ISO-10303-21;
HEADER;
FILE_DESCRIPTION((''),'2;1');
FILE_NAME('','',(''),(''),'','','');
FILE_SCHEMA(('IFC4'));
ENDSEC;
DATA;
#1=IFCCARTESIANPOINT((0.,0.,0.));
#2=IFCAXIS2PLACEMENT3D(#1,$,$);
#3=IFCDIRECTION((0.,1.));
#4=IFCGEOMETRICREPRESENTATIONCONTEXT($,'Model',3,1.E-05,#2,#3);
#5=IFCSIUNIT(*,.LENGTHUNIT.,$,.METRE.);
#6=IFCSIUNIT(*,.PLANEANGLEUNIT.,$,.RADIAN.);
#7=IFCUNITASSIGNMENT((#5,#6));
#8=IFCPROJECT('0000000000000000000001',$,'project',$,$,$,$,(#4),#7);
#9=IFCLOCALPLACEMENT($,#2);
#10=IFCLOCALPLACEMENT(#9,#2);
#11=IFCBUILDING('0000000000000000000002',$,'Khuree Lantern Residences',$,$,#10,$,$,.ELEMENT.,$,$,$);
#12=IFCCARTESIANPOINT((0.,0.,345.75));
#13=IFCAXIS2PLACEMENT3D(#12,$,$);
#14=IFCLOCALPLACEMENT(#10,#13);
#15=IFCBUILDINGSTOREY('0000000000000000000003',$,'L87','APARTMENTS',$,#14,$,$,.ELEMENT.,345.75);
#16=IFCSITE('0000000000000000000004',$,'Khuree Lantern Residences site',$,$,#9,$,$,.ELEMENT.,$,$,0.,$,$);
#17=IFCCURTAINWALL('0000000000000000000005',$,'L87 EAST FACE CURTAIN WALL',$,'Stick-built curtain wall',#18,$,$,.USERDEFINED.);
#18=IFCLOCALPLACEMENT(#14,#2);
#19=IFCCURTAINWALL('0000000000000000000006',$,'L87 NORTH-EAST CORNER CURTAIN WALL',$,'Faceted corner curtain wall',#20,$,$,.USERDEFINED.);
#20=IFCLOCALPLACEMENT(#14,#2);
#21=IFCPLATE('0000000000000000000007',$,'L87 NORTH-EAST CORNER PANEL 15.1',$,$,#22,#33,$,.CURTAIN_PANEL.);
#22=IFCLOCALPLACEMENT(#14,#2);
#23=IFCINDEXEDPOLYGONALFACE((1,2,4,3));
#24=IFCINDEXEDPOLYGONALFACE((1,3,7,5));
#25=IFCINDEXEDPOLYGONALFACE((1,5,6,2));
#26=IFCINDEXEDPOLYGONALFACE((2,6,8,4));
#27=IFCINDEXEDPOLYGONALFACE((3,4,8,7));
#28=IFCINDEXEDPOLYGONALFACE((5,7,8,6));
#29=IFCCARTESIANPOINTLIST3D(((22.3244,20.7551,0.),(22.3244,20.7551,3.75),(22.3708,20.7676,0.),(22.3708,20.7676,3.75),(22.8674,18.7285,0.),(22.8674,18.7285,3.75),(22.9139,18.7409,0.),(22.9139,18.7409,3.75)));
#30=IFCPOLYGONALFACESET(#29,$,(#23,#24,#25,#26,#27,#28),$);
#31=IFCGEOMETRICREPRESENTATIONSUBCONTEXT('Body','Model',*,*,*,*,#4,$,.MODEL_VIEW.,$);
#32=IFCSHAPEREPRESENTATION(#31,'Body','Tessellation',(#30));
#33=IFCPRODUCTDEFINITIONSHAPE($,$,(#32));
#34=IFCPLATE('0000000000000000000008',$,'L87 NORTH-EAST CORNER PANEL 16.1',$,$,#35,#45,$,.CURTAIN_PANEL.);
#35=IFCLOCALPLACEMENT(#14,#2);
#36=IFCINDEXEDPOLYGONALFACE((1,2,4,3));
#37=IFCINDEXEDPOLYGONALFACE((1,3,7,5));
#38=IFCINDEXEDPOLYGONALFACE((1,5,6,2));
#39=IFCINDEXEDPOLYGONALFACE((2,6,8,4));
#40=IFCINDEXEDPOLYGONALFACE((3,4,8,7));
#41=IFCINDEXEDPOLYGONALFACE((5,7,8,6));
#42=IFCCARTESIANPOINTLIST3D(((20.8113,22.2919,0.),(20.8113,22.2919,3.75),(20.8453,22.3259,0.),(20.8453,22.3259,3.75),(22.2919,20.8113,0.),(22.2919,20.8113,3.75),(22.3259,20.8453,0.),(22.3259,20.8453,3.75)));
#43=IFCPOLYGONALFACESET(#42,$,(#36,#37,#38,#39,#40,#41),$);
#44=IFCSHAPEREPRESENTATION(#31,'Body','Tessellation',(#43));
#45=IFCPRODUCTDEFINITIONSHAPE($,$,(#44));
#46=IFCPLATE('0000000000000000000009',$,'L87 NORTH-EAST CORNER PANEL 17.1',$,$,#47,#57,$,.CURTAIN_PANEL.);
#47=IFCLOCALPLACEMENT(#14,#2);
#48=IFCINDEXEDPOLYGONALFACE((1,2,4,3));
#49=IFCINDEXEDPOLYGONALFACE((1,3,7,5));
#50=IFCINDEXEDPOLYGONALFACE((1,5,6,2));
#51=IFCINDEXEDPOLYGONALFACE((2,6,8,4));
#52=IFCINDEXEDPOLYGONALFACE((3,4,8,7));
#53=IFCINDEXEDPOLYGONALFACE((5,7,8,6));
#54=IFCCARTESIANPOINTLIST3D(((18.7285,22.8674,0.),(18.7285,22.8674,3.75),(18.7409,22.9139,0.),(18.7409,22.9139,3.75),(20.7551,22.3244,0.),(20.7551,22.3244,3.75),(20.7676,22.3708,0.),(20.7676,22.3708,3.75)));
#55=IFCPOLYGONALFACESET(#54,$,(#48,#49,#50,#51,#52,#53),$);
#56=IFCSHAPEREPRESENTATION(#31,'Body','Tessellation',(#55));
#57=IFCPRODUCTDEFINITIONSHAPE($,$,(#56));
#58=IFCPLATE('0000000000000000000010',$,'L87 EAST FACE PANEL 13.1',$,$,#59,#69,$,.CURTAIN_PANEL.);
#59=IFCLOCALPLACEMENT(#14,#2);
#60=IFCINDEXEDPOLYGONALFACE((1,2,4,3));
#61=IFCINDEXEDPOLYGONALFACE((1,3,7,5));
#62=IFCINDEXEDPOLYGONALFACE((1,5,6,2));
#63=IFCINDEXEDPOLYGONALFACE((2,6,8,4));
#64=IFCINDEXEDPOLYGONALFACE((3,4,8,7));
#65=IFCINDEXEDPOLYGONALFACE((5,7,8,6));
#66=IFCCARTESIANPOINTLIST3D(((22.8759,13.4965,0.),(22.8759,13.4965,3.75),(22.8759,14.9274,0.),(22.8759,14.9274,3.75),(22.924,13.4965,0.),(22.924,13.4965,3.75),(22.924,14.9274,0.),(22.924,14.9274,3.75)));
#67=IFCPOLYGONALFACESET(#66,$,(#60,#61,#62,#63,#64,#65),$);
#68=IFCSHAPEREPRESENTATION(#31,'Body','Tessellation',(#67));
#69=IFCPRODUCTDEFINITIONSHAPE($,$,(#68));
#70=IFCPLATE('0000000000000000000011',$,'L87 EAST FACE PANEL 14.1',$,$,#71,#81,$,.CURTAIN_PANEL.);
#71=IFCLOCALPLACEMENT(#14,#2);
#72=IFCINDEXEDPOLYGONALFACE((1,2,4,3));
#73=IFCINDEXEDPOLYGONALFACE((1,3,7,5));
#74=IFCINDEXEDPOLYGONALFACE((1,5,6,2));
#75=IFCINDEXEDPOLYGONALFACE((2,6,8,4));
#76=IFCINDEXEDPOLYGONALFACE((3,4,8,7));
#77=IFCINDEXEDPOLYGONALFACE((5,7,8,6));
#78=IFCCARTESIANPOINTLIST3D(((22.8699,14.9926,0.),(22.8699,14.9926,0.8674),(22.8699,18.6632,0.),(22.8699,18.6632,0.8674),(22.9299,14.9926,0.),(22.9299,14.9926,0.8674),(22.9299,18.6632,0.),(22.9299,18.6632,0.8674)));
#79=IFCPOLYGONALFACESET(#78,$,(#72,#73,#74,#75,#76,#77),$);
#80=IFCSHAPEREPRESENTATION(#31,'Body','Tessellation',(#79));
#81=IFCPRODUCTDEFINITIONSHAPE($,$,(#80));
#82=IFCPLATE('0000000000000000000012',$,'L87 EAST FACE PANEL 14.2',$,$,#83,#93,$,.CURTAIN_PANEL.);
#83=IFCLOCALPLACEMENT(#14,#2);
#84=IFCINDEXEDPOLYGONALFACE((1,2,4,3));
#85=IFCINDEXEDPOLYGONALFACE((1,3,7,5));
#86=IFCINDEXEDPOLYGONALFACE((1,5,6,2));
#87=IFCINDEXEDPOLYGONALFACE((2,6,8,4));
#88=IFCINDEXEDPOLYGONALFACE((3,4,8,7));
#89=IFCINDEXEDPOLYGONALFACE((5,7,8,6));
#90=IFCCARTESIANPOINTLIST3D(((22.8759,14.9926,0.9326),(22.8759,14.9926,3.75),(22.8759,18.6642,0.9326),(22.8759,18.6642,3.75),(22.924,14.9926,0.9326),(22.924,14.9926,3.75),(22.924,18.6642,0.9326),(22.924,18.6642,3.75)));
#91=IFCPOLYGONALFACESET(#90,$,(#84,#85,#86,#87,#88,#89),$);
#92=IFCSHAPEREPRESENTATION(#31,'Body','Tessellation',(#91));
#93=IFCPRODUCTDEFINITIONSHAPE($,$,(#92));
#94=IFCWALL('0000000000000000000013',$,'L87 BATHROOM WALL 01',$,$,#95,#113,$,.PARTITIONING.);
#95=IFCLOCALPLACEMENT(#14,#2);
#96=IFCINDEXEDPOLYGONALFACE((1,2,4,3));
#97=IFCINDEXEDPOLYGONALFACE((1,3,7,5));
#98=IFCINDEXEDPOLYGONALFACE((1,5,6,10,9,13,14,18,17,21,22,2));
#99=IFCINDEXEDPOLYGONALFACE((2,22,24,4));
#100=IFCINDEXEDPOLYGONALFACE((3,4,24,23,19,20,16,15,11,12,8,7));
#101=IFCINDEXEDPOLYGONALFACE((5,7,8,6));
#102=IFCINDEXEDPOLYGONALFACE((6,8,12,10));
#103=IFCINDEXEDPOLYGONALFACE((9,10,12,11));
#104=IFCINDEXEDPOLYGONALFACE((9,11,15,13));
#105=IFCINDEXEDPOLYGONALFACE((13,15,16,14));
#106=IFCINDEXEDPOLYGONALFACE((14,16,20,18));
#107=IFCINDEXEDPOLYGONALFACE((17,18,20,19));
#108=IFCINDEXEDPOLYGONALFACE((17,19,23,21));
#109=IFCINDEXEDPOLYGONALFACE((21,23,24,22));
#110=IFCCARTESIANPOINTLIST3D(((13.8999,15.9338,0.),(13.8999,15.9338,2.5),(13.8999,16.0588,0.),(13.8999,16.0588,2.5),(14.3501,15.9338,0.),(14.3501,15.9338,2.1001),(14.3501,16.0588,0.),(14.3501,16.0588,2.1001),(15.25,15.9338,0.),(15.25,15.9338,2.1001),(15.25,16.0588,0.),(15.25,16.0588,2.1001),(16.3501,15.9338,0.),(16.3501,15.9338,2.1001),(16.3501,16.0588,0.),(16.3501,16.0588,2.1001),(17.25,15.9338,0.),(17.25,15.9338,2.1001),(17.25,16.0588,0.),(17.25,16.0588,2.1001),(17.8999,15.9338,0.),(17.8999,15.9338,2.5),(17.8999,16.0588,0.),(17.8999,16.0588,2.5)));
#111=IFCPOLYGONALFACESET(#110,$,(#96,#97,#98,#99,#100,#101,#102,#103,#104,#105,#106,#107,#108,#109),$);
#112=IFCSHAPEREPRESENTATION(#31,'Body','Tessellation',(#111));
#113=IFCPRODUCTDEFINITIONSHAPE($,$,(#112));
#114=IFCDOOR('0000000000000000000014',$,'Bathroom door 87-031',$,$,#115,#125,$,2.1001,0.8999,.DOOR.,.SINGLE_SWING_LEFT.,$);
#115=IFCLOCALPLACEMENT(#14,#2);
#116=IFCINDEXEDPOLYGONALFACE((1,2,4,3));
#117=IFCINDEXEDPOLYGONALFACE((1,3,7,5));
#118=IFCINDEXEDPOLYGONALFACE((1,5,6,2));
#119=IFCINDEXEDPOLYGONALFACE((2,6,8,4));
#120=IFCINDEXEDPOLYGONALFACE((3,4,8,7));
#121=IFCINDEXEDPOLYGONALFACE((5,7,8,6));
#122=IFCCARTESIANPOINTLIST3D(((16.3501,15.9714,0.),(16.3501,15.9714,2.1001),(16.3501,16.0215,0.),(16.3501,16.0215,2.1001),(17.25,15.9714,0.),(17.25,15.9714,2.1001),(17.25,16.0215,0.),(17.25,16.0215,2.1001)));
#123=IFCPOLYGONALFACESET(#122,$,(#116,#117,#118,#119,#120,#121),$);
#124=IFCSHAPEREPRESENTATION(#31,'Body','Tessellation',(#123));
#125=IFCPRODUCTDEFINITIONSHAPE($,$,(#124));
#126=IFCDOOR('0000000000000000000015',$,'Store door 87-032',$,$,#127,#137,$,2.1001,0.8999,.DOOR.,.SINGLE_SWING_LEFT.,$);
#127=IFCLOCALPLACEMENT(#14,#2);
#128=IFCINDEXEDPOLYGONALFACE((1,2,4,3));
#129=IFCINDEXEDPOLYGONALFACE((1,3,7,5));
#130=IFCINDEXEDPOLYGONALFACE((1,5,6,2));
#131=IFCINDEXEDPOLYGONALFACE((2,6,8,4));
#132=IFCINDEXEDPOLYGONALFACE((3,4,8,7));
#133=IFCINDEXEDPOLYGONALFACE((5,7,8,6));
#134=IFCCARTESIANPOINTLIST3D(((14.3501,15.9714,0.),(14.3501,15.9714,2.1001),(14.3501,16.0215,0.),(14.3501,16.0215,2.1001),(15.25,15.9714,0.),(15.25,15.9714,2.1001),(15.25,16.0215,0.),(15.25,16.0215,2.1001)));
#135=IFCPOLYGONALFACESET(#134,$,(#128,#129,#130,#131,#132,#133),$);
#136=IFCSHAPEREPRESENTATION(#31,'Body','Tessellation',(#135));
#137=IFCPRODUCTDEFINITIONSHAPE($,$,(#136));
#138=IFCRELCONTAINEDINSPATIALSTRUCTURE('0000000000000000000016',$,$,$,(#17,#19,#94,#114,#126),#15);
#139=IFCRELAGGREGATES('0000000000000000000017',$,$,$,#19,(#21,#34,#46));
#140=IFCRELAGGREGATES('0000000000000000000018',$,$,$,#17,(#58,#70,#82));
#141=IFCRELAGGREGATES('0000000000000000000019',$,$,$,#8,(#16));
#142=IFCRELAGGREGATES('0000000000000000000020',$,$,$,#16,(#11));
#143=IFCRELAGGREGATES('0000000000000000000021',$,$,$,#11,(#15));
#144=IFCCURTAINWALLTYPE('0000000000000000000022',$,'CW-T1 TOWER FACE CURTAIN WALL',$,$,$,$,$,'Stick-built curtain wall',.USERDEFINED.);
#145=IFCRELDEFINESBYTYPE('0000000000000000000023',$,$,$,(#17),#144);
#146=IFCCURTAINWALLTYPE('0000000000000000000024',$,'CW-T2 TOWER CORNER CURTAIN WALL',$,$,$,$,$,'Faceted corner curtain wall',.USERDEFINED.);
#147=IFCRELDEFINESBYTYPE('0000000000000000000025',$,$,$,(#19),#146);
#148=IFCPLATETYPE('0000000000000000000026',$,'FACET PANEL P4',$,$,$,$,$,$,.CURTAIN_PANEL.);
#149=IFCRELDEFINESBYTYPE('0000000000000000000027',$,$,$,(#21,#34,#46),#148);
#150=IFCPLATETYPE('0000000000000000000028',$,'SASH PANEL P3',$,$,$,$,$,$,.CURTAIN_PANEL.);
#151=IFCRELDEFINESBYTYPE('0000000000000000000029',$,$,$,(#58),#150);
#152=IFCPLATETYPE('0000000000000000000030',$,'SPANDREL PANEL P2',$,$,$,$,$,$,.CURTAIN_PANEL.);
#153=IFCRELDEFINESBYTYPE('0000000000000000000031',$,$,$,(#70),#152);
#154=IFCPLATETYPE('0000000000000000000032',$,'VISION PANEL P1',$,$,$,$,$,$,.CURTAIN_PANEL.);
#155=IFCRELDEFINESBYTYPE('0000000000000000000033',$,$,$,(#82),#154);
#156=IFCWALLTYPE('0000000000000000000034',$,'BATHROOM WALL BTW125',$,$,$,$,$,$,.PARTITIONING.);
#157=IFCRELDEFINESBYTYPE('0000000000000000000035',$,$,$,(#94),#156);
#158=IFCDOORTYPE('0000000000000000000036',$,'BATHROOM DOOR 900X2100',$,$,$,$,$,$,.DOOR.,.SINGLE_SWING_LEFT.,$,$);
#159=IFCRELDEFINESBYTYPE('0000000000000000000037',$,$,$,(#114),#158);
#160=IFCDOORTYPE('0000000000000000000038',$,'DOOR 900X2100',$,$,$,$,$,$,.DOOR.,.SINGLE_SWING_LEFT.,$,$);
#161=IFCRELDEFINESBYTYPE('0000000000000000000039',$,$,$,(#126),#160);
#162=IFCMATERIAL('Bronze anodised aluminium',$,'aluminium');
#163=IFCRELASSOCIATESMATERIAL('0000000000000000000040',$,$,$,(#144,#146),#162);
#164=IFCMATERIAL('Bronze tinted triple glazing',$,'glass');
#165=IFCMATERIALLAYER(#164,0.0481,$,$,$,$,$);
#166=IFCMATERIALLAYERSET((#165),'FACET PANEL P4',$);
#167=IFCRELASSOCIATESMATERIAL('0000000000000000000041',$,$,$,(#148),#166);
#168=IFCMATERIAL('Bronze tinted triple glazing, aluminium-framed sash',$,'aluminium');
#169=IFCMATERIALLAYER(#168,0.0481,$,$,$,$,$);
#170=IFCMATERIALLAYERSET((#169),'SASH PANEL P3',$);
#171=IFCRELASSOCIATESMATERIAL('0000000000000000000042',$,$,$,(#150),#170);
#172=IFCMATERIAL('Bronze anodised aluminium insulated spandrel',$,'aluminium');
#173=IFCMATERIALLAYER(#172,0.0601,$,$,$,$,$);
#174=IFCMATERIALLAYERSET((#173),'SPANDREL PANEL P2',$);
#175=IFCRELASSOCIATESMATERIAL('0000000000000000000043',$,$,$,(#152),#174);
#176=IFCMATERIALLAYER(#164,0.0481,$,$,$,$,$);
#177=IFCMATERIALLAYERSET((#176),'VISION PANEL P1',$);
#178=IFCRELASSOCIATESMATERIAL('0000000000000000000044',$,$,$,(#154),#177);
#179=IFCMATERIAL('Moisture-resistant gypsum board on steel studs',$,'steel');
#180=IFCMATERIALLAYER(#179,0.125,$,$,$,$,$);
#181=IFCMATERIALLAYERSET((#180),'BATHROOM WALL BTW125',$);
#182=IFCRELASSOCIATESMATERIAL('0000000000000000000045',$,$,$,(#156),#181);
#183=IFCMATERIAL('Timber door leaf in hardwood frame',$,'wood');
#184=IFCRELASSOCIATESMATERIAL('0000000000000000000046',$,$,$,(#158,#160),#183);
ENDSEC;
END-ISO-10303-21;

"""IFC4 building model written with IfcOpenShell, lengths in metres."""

from ifc_helpers import new_model, si_unit, direction, frame, frame_2d, origin, origin_2d, place, context, subcontext, project, spatial, rectangle, extrude, material, layer, layer_set, type_object, element, fill, aggregate, save


model = new_model("IFC4")

# Units and contexts
model_context = context("Model", 3, precision=1e-05, world=origin(), true_north=direction((0.0, 1.0)))
body_context = subcontext(model_context, "Body", "Model", "MODEL_VIEW")
ifc_project = project(units=[si_unit("LENGTHUNIT", "METRE"), si_unit("PLANEANGLEUNIT", "RADIAN")], contexts=[model_context])

# Site, building, storey
site_placement = place(None, origin())
site = spatial("IfcSite", under=ifc_project, at=site_placement, Name="Khuree Lantern Residences site", CompositionType="ELEMENT", RefElevation=0.0)
building_placement = place(site_placement, origin())
building = spatial("IfcBuilding", under=site, at=building_placement, Name="Khuree Lantern Residences", CompositionType="ELEMENT")
storey_placement = place(building_placement, frame((0.0, 0.0, 345.75)))
storey = spatial("IfcBuildingStorey", under=building, at=storey_placement, Name="L87", Description="APARTMENTS", CompositionType="ELEMENT", Elevation=345.75)

# Curtain walls
ifc_material_1 = material(Name="Bronze anodised aluminium", Category="aluminium")
curtain_wall_type_1 = type_object("IfcCurtainWallType", Name="CW-T1 TOWER FACE CURTAIN WALL", ElementType="Stick-built curtain wall", PredefinedType="USERDEFINED", material=ifc_material_1)
curtain_wall_1_placement = place(storey_placement, origin())
curtain_wall_1 = element("IfcCurtainWall", 1, at=curtain_wall_1_placement, inside=storey, type_object=curtain_wall_type_1, Name="L87 EAST FACE CURTAIN WALL", ObjectType="Stick-built curtain wall", PredefinedType="USERDEFINED")
curtain_wall_type_2 = type_object("IfcCurtainWallType", Name="CW-T2 TOWER CORNER CURTAIN WALL", ElementType="Faceted corner curtain wall", PredefinedType="USERDEFINED", material=ifc_material_1)
curtain_wall_2_placement = place(storey_placement, origin())
curtain_wall_2 = element("IfcCurtainWall", 2, at=curtain_wall_2_placement, inside=storey, type_object=curtain_wall_type_2, Name="L87 NORTH-EAST CORNER CURTAIN WALL", ObjectType="Faceted corner curtain wall", PredefinedType="USERDEFINED")

# Plates
ifc_material_2 = material(Name="Bronze tinted triple glazing", Category="glass")
ifc_layer_1 = layer(ifc_material_2, 0.0481)
ifc_layer_set_1 = layer_set([ifc_layer_1], Name="FACET PANEL P4")
plate_type_1 = type_object("IfcPlateType", Name="FACET PANEL P4", PredefinedType="CURTAIN_PANEL", material=ifc_layer_set_1)
plate_1_placement = place(storey_placement, frame((22.6191, 19.748, 0.0), z_axis=(0.0, 0.0, 1.0), x_axis=(-0.258819, 0.965926, 0.0)))
plate_1 = element("IfcPlate", 3, at=plate_1_placement, type_object=plate_type_1, Name="L87 NORTH-EAST CORNER PANEL 15.1", PredefinedType="CURTAIN_PANEL", context=body_context, shape_type="SweptSolid", body=[
    extrude(rectangle(XDim=2.0981, YDim=0.0481, at=origin_2d()), origin(), (0.0, 0.0, 1.0), 3.75),
])
plate_2_placement = place(storey_placement, frame((21.5686, 21.5686, 0.0), z_axis=(0.0, 0.0, 1.0), x_axis=(-0.707107, 0.707107, 0.0)))
plate_2 = element("IfcPlate", 4, at=plate_2_placement, type_object=plate_type_1, Name="L87 NORTH-EAST CORNER PANEL 16.1", PredefinedType="CURTAIN_PANEL", context=body_context, shape_type="SweptSolid", body=[
    extrude(rectangle(XDim=2.094, YDim=0.0481, at=origin_2d()), origin(), (0.0, 0.0, 1.0), 3.75),
])
plate_3_placement = place(storey_placement, frame((19.748, 22.6191, 0.0), z_axis=(0.0, 0.0, 1.0), x_axis=(-0.965926, 0.258819, 0.0)))
plate_3 = element("IfcPlate", 5, at=plate_3_placement, type_object=plate_type_1, Name="L87 NORTH-EAST CORNER PANEL 17.1", PredefinedType="CURTAIN_PANEL", context=body_context, shape_type="SweptSolid", body=[
    extrude(rectangle(XDim=2.0981, YDim=0.0481, at=origin_2d()), origin(), (0.0, 0.0, 1.0), 3.75),
])
aggregate(curtain_wall_2, [plate_1, plate_2, plate_3])
ifc_material_3 = material(Name="Bronze tinted triple glazing, aluminium-framed sash", Category="aluminium")
ifc_layer_2 = layer(ifc_material_3, 0.0481)
ifc_layer_set_2 = layer_set([ifc_layer_2], Name="SASH PANEL P3")
plate_type_2 = type_object("IfcPlateType", Name="SASH PANEL P3", PredefinedType="CURTAIN_PANEL", material=ifc_layer_set_2)
plate_4_placement = place(storey_placement, frame((22.8999, 14.2119, 0.0), z_axis=(0.0, 0.0, 1.0), x_axis=(0.0, 1.0, 0.0)))
plate_4 = element("IfcPlate", 6, at=plate_4_placement, type_object=plate_type_2, Name="L87 EAST FACE PANEL 13.1", PredefinedType="CURTAIN_PANEL", context=body_context, shape_type="SweptSolid", body=[
    extrude(rectangle(XDim=1.4309, YDim=0.0481, at=origin_2d()), origin(), (0.0, 0.0, 1.0), 3.75),
])
ifc_material_4 = material(Name="Bronze anodised aluminium insulated spandrel", Category="aluminium")
ifc_layer_3 = layer(ifc_material_4, 0.0601)
ifc_layer_set_3 = layer_set([ifc_layer_3], Name="SPANDREL PANEL P2")
plate_type_3 = type_object("IfcPlateType", Name="SPANDREL PANEL P2", PredefinedType="CURTAIN_PANEL", material=ifc_layer_set_3)
plate_5_placement = place(storey_placement, frame((22.8999, 16.8279, 0.0), z_axis=(0.0, 0.0, 1.0), x_axis=(0.0, 1.0, 0.0)))
plate_5 = element("IfcPlate", 7, at=plate_5_placement, type_object=plate_type_3, Name="L87 EAST FACE PANEL 14.1", PredefinedType="CURTAIN_PANEL", context=body_context, shape_type="SweptSolid", body=[
    extrude(rectangle(XDim=3.6707, YDim=0.0601, at=origin_2d()), origin(), (0.0, 0.0, 1.0), 0.8674),
])
ifc_layer_4 = layer(ifc_material_2, 0.0481)
ifc_layer_set_4 = layer_set([ifc_layer_4], Name="VISION PANEL P1")
plate_type_4 = type_object("IfcPlateType", Name="VISION PANEL P1", PredefinedType="CURTAIN_PANEL", material=ifc_layer_set_4)
plate_6_placement = place(storey_placement, frame((22.8999, 16.8284, 0.9326), z_axis=(0.0, 0.0, 1.0), x_axis=(0.0, 1.0, 0.0)))
plate_6 = element("IfcPlate", 8, at=plate_6_placement, type_object=plate_type_4, Name="L87 EAST FACE PANEL 14.2", PredefinedType="CURTAIN_PANEL", context=body_context, shape_type="SweptSolid", body=[
    extrude(rectangle(XDim=3.6716, YDim=0.0481, at=origin_2d()), origin(), (0.0, 0.0, 1.0), 2.8174),
])
aggregate(curtain_wall_1, [plate_4, plate_5, plate_6])

# Wall, openings, doors
ifc_material_5 = material(Name="Moisture-resistant gypsum board on steel studs", Category="steel")
ifc_layer_5 = layer(ifc_material_5, 0.125)
ifc_layer_set_5 = layer_set([ifc_layer_5], Name="BATHROOM WALL BTW125")
wall_type = type_object("IfcWallType", Name="BATHROOM WALL BTW125", PredefinedType="PARTITIONING", material=ifc_layer_set_5)
wall_placement = place(storey_placement, frame((17.8999, 15.9963, 0.0), z_axis=(0.0, 0.0, 1.0), x_axis=(-1.0, 0.0, 0.0)))
wall = element("IfcWall", 9, at=wall_placement, inside=storey, type_object=wall_type, Name="L87 BATHROOM WALL 01", PredefinedType="PARTITIONING", context=body_context, shape_type="SweptSolid", body=[
    extrude(rectangle(XDim=4.0, YDim=0.125, at=frame_2d((2.0, 0.0))), origin(), (0.0, 0.0, 1.0), 2.5),
])
opening_1_placement = place(wall_placement, frame((0.6499, 0.0, 0.0)))
opening_1 = element("IfcOpeningElement", 10, at=opening_1_placement, cuts=wall, PredefinedType="OPENING", context=body_context, shape_type="SweptSolid", body=[
    extrude(rectangle(XDim=0.8999, YDim=2.1001, at=frame_2d((0.45, 1.05))), frame((0.0, 0.0725, 0.0), z_axis=(0.0, -1.0, 0.0), x_axis=(1.0, 0.0, 0.0)), (0.0, 0.0, 1.0), 0.145),
])
opening_2_placement = place(wall_placement, frame((2.6499, 0.0, 0.0)))
opening_2 = element("IfcOpeningElement", 11, at=opening_2_placement, cuts=wall, PredefinedType="OPENING", context=body_context, shape_type="SweptSolid", body=[
    extrude(rectangle(XDim=0.8999, YDim=2.1001, at=frame_2d((0.45, 1.05))), frame((0.0, 0.0725, 0.0), z_axis=(0.0, -1.0, 0.0), x_axis=(1.0, 0.0, 0.0)), (0.0, 0.0, 1.0), 0.145),
])
ifc_material_6 = material(Name="Timber door leaf in hardwood frame", Category="wood")
door_type_1 = type_object("IfcDoorType", Name="BATHROOM DOOR 900X2100", OperationType="SINGLE_SWING_LEFT", PredefinedType="DOOR", material=ifc_material_6)
door_1_placement = place(opening_1_placement, origin())
door_1 = element("IfcDoor", 12, at=door_1_placement, inside=storey, type_object=door_type_1, Name="Bathroom door 87-031", OperationType="SINGLE_SWING_LEFT", OverallHeight=2.1001, OverallWidth=0.8999, PredefinedType="DOOR", context=body_context, shape_type="SweptSolid", body=[
    extrude(rectangle(XDim=0.8999, YDim=2.1001, at=frame_2d((0.45, 1.05))), frame((0.0, 0.0249, 0.0), z_axis=(0.0, -1.0, 0.0), x_axis=(1.0, 0.0, 0.0)), (0.0, 0.0, 1.0), 0.05),
])
fill(opening_1, door_1)
door_type_2 = type_object("IfcDoorType", Name="DOOR 900X2100", OperationType="SINGLE_SWING_LEFT", PredefinedType="DOOR", material=ifc_material_6)
door_2_placement = place(opening_2_placement, origin())
door_2 = element("IfcDoor", 13, at=door_2_placement, inside=storey, type_object=door_type_2, Name="Store door 87-032", OperationType="SINGLE_SWING_LEFT", OverallHeight=2.1001, OverallWidth=0.8999, PredefinedType="DOOR", context=body_context, shape_type="SweptSolid", body=[
    extrude(rectangle(XDim=0.8999, YDim=2.1001, at=frame_2d((0.45, 1.05))), frame((0.0, 0.0249, 0.0), z_axis=(0.0, -1.0, 0.0), x_axis=(1.0, 0.0, 0.0)), (0.0, 0.0, 1.0), 0.05),
])
fill(opening_2, door_2)

save(model, "model.ifc")
